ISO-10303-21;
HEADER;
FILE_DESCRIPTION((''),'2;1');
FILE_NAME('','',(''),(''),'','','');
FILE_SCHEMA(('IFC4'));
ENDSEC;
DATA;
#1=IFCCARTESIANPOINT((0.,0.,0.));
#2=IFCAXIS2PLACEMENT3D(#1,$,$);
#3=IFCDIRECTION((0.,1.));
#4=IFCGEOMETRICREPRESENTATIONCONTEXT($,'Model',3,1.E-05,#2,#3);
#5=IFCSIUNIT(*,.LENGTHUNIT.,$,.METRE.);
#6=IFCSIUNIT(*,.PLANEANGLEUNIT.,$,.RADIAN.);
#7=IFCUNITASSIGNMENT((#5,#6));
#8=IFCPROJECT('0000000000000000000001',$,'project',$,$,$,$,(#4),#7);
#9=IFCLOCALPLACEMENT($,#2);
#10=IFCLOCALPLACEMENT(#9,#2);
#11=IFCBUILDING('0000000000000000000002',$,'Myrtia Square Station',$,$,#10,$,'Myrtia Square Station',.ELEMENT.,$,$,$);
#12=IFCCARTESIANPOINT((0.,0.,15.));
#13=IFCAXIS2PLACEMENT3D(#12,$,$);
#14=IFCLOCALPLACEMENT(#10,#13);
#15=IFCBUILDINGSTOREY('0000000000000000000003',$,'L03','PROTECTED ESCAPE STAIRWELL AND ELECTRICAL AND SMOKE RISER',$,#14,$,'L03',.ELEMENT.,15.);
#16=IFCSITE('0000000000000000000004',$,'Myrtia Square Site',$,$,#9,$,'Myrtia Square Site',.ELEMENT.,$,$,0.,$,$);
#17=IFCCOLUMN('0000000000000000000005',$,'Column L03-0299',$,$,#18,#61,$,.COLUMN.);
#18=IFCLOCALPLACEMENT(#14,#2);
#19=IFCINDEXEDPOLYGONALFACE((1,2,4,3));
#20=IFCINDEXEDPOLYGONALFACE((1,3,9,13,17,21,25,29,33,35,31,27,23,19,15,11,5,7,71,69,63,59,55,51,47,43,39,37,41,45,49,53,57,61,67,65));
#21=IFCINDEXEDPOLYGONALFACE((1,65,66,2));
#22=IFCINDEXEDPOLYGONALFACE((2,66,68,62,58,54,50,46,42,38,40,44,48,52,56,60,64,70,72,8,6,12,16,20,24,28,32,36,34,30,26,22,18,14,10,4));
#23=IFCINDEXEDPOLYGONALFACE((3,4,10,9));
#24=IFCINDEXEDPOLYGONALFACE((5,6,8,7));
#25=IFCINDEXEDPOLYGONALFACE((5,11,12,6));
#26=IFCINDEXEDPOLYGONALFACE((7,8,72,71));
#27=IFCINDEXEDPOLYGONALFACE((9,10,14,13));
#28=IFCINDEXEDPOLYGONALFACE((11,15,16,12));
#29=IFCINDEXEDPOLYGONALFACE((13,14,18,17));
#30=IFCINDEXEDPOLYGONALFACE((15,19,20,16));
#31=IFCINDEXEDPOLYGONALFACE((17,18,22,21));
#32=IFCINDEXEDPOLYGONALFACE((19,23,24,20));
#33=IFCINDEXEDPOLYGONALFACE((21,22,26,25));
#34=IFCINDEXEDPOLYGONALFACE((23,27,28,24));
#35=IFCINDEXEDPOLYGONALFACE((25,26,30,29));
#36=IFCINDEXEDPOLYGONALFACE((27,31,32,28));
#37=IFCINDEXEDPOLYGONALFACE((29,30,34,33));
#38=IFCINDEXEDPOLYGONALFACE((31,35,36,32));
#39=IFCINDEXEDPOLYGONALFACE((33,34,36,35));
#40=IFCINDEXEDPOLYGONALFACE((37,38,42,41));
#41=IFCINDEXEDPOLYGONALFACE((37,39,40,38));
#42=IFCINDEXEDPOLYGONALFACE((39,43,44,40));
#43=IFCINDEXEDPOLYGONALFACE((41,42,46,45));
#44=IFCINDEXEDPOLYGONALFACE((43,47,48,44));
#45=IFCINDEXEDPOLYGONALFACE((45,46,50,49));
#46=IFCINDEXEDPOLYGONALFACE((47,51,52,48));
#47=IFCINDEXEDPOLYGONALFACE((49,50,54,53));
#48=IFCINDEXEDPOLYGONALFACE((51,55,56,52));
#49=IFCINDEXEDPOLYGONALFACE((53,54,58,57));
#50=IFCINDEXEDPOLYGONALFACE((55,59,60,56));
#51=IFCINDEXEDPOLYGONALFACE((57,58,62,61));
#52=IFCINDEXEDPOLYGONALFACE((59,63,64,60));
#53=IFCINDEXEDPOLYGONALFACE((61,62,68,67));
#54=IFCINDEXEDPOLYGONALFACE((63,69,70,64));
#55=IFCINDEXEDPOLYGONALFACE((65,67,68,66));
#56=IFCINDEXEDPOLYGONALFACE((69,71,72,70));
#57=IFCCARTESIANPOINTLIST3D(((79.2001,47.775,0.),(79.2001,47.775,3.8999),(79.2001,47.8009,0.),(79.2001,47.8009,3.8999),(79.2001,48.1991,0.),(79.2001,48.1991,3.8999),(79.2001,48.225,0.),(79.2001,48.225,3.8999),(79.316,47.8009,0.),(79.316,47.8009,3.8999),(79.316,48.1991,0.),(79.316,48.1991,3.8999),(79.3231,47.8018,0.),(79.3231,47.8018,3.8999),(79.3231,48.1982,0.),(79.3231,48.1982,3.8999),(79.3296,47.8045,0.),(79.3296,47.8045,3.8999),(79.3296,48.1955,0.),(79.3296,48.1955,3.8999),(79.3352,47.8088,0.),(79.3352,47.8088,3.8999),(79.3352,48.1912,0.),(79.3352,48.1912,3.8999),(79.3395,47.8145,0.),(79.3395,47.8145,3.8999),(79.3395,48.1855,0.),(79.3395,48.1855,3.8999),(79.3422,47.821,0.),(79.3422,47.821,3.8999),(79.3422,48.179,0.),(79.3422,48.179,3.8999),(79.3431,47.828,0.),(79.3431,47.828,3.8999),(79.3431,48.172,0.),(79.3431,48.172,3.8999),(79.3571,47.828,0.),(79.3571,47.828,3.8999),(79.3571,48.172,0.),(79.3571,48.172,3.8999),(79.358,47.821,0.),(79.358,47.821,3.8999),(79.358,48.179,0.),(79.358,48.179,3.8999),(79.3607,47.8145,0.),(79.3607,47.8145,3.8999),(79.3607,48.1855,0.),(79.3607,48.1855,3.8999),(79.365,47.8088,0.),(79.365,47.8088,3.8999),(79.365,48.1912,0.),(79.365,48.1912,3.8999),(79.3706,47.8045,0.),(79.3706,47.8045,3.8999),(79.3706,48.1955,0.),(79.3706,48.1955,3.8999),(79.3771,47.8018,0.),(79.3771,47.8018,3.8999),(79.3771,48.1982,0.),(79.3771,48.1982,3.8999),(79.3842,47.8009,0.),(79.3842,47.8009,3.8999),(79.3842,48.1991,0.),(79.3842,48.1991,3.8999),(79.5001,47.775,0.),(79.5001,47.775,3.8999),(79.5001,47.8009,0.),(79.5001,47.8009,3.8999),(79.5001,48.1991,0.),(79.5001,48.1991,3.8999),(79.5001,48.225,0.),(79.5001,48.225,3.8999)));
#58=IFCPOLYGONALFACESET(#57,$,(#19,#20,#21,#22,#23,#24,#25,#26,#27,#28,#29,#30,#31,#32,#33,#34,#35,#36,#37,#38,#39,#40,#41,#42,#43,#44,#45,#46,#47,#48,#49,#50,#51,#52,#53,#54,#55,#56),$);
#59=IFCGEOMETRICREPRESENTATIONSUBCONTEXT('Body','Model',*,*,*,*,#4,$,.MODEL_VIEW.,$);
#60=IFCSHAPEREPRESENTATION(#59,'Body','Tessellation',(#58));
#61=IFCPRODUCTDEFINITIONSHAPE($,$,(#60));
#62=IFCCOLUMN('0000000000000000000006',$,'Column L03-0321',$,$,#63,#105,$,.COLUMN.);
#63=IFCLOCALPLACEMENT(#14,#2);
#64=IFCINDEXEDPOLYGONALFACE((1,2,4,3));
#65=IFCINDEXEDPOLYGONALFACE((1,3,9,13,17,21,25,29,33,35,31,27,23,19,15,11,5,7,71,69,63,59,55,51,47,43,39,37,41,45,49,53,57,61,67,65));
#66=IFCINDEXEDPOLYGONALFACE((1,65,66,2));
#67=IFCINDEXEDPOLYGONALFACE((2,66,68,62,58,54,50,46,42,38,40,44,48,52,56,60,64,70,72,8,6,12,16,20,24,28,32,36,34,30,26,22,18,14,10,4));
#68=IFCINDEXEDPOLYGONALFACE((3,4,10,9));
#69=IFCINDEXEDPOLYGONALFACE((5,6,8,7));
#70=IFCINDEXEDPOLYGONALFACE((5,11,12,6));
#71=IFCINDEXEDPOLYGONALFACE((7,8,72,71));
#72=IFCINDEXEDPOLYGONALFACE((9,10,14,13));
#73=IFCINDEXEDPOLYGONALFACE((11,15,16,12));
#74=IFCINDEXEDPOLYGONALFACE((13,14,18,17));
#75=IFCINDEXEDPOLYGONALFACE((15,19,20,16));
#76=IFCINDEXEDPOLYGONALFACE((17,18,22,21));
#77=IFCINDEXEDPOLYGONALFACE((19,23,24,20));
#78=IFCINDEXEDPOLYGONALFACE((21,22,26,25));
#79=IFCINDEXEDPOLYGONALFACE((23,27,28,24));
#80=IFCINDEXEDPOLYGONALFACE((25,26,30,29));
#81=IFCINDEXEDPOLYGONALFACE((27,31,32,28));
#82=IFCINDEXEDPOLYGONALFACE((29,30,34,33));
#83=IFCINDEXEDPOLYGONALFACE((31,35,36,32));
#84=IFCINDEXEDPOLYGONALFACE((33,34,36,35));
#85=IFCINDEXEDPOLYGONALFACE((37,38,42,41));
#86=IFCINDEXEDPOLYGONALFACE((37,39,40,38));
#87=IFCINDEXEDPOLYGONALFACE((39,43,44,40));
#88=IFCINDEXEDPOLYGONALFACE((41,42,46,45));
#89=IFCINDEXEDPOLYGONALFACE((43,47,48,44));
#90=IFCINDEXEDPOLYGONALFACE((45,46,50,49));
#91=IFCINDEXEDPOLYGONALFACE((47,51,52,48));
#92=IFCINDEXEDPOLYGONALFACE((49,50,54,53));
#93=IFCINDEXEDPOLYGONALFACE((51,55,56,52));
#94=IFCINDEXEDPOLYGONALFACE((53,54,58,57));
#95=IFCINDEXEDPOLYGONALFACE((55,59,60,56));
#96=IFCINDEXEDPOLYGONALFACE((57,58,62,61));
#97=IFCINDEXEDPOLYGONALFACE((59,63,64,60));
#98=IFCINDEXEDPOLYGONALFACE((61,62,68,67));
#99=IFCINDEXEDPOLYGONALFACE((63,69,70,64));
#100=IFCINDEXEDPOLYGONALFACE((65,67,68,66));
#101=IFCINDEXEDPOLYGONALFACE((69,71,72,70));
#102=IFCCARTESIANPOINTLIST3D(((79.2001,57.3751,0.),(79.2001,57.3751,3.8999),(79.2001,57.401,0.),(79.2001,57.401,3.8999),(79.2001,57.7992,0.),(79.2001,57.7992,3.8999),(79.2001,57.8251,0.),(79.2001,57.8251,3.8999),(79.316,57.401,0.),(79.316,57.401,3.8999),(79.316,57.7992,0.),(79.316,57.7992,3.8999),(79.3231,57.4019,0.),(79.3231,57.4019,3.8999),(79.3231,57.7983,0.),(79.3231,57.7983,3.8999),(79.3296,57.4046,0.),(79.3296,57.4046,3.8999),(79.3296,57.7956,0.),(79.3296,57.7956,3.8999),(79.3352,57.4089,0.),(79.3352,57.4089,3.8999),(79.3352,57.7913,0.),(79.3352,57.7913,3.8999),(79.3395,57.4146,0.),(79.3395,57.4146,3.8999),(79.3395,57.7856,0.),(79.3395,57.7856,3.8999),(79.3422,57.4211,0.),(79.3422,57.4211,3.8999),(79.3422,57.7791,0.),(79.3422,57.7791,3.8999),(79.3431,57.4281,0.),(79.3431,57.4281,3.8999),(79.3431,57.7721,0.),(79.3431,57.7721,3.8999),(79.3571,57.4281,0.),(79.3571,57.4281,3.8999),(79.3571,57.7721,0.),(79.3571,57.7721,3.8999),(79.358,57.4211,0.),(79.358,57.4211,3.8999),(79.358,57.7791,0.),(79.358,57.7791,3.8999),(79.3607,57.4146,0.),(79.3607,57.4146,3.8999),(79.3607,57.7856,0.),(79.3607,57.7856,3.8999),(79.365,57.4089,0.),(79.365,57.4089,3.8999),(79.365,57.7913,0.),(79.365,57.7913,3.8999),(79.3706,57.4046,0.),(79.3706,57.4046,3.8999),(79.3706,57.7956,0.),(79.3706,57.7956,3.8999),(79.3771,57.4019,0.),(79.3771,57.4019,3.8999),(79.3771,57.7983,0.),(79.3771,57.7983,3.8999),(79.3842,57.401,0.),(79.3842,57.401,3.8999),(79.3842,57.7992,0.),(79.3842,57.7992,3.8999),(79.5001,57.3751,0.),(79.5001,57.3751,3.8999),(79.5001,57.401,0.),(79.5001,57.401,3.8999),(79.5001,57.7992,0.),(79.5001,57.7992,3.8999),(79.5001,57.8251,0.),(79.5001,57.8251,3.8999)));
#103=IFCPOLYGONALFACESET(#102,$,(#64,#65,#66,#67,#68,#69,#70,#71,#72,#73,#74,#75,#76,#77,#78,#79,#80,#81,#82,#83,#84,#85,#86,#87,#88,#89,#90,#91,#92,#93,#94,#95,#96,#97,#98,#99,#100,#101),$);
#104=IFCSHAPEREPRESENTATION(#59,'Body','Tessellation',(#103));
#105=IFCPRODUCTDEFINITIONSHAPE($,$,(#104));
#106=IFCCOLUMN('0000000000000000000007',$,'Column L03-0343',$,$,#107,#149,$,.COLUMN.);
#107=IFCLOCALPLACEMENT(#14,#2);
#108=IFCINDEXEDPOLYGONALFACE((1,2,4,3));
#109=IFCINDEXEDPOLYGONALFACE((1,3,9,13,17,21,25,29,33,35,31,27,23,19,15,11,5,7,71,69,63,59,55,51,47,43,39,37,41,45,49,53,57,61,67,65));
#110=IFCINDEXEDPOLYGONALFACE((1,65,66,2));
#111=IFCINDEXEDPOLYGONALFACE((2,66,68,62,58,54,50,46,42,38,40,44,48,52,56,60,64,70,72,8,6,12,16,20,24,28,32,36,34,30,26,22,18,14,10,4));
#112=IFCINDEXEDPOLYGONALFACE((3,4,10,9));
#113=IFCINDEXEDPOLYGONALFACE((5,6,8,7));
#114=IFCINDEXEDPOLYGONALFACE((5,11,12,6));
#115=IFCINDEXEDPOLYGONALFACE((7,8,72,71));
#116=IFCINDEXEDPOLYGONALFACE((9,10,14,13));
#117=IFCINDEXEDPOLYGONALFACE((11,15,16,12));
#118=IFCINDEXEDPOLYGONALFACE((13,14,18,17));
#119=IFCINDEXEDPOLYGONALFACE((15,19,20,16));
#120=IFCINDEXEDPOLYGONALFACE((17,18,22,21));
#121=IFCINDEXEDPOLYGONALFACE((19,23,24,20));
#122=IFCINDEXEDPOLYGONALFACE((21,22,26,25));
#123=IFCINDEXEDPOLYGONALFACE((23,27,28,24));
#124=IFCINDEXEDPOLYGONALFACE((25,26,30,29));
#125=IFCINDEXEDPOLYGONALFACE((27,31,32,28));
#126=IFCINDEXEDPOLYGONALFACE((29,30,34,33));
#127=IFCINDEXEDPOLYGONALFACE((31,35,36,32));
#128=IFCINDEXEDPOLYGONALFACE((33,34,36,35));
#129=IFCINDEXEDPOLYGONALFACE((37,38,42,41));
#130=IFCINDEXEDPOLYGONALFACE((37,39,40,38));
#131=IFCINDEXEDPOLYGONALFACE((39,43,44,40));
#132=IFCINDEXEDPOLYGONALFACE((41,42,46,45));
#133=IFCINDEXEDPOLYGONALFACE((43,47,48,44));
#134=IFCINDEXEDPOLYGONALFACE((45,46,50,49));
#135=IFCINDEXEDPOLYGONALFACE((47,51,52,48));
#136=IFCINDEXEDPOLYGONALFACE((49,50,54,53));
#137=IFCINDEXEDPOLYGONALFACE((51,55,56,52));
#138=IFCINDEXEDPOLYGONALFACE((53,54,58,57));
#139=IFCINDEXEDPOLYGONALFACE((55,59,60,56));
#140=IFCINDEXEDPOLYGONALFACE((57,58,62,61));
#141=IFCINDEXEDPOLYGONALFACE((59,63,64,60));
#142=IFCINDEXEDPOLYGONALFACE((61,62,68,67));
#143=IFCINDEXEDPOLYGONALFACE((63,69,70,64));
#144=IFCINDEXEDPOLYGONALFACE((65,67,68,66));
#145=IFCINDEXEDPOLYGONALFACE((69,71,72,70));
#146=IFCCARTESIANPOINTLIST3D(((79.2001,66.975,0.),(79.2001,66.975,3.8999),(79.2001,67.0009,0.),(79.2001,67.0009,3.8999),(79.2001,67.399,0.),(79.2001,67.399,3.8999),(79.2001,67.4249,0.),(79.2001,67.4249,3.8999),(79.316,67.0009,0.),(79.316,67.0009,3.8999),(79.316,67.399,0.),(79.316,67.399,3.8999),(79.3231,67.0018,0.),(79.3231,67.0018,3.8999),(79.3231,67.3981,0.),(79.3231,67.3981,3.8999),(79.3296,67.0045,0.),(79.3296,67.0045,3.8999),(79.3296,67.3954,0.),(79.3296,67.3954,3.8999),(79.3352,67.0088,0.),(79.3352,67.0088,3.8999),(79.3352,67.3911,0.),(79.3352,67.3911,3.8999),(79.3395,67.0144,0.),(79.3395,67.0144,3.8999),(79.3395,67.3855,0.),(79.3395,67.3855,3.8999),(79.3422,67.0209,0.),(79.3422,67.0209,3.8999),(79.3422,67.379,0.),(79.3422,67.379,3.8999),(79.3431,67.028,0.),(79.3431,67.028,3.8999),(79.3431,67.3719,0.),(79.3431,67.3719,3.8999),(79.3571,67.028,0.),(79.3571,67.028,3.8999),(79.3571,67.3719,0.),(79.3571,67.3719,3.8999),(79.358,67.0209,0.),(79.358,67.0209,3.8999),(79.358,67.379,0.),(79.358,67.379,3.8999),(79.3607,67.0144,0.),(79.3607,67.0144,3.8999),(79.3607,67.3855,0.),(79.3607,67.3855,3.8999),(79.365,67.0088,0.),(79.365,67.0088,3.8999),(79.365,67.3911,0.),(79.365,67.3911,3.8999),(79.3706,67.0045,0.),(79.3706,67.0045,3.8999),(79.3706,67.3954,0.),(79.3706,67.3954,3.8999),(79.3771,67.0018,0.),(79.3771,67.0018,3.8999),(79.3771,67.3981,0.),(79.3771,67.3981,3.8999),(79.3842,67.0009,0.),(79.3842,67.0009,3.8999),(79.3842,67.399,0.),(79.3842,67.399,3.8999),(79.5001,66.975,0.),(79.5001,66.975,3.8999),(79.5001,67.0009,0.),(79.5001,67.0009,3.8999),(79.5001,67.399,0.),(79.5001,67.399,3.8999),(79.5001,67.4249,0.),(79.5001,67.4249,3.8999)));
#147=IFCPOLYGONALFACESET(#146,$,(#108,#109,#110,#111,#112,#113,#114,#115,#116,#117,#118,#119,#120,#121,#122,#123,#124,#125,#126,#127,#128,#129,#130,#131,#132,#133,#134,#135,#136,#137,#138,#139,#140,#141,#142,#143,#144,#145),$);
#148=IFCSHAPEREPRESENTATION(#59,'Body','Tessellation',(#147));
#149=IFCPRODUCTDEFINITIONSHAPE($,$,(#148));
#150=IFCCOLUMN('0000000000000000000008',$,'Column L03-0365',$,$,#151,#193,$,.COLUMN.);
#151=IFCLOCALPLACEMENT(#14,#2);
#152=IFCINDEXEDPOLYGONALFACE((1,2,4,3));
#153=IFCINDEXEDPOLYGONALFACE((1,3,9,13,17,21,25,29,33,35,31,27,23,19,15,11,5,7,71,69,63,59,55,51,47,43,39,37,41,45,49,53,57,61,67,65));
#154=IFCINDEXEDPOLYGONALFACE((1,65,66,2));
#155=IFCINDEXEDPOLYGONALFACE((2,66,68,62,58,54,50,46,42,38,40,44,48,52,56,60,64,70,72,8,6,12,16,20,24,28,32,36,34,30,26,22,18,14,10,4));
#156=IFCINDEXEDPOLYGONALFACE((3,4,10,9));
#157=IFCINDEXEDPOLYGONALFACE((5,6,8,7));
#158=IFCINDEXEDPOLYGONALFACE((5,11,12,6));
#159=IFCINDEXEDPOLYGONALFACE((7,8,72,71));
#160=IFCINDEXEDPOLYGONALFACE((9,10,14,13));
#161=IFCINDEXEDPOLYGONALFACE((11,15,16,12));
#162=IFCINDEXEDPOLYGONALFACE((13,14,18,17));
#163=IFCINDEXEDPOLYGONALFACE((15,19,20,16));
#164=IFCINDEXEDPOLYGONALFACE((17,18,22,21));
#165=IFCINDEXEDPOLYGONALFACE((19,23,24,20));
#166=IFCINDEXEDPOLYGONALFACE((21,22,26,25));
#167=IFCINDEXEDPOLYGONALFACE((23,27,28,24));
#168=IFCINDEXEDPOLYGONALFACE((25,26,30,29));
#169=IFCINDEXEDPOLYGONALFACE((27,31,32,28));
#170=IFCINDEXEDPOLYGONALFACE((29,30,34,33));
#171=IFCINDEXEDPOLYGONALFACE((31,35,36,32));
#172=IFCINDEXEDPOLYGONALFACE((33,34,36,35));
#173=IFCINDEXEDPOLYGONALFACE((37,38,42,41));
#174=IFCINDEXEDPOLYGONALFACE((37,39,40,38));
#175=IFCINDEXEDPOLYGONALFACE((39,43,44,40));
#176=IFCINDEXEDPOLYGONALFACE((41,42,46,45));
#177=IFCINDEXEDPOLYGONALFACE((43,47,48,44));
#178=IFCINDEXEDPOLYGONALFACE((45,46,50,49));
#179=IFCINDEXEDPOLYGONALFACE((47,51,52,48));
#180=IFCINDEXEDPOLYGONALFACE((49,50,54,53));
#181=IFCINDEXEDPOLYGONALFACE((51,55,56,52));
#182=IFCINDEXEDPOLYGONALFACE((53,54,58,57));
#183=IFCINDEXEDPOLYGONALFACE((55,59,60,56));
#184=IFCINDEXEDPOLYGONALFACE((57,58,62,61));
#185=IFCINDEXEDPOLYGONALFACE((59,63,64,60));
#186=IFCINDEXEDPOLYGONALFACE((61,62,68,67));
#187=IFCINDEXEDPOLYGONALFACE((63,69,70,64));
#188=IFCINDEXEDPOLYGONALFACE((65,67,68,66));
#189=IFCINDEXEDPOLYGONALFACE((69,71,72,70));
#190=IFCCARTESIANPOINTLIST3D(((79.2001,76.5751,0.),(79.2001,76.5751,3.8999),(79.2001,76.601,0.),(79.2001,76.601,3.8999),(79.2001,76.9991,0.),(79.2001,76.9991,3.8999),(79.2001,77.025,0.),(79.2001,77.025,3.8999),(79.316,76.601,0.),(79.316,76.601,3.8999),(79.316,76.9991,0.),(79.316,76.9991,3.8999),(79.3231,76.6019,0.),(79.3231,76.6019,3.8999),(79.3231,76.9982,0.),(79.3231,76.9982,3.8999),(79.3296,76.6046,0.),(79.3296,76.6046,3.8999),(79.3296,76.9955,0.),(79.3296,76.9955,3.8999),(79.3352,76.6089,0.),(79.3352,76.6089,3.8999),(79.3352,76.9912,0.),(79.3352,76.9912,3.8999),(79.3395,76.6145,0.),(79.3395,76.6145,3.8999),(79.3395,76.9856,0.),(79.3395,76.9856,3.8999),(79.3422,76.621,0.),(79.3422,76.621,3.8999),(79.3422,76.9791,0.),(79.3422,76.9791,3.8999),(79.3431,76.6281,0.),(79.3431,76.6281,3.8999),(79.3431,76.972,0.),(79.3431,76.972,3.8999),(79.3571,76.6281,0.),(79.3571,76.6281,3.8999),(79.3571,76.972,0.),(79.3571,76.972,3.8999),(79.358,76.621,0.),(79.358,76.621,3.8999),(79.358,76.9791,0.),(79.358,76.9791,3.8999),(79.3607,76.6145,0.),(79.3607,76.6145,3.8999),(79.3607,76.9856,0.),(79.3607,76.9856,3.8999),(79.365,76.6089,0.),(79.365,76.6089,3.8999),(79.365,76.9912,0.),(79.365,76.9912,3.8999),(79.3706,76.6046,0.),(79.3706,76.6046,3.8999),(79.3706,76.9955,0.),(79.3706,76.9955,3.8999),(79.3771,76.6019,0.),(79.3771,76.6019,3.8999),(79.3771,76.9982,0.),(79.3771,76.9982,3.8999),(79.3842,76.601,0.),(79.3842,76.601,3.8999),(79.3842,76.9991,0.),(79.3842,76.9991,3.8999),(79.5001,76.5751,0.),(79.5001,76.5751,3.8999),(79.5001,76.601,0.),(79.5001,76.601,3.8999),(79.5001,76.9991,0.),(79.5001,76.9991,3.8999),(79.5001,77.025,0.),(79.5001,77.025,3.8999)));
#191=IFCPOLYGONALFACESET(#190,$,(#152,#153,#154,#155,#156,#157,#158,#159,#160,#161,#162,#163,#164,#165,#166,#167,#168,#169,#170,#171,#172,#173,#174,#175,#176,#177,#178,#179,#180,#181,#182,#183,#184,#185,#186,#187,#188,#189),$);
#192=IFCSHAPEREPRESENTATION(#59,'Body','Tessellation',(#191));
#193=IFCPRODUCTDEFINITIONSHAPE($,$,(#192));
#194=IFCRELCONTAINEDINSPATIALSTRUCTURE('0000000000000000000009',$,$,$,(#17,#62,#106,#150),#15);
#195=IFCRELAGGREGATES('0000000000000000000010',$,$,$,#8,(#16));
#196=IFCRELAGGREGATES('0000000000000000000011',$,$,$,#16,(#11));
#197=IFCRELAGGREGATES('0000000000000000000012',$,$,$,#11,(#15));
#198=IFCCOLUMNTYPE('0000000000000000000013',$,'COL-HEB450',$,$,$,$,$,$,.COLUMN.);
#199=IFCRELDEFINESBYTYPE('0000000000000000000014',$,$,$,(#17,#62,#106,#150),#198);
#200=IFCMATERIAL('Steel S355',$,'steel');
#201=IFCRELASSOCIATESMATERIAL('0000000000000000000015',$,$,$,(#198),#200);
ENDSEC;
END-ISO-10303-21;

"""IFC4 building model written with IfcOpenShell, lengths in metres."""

from ifc_helpers import new_model, si_unit, direction, frame, origin, origin_2d, place, context, subcontext, project, spatial, i_section, extrude, material, material_profile, profile_set, type_object, element, save


model = new_model("IFC4")

# Units and contexts
model_context = context("Model", 3, precision=1e-05, world=origin(), true_north=direction((0.0, 1.0)))
body_context = subcontext(model_context, "Body", "Model", "MODEL_VIEW")
ifc_project = project(units=[si_unit("LENGTHUNIT", "METRE"), si_unit("PLANEANGLEUNIT", "RADIAN")], contexts=[model_context])

# Site, building, storey
site_placement = place(None, origin())
site = spatial("IfcSite", under=ifc_project, at=site_placement, Name="Myrtia Square Site", LongName="Myrtia Square Site", CompositionType="ELEMENT", RefElevation=0.0)
building_placement = place(site_placement, origin())
building = spatial("IfcBuilding", under=site, at=building_placement, Name="Myrtia Square Station", LongName="Myrtia Square Station", CompositionType="ELEMENT")
storey_placement = place(building_placement, frame((0.0, 0.0, 15.0)))
storey = spatial("IfcBuildingStorey", under=building, at=storey_placement, Name="L03", Description="PROTECTED ESCAPE STAIRWELL AND ELECTRICAL AND SMOKE RISER", LongName="L03", CompositionType="ELEMENT", Elevation=15.0)

# Columns
ifc_material_1 = material(Name="Steel S355", Category="steel")
ifc_material_profile_1 = material_profile(ifc_material_1, i_section(OverallWidth=0.3, OverallDepth=0.45, WebThickness=0.0139, FlangeThickness=0.0259, FilletRadius=0.0271, at=origin_2d()), Name="HEB 450")
ifc_profile_set_1 = profile_set([ifc_material_profile_1], Name="Steel S355")
column_type_1 = type_object("IfcColumnType", Name="COL-HEB450", PredefinedType="COLUMN", material=ifc_profile_set_1)
for number, where, z_axis, x_axis, name in (
    (1, (79.3501, 48.0, 0.0), (0.0, 0.0, 1.0), (1.0, 0.0, 0.0), "Column L03-0299"),
    (2, (79.3501, 57.6001, 0.0), (0.0, 0.0, 1.0), (1.0, 0.0, 0.0), "Column L03-0321"),
    (3, (79.3501, 67.2, 0.0), (0.0, 0.0, 1.0), (1.0, 0.0, 0.0), "Column L03-0343"),
    (4, (79.3501, 76.8, 0.0), (0.0, 0.0, 1.0), (1.0, 0.0, 0.0), "Column L03-0365"),
):
    element("IfcColumn", number, at=place(storey_placement, frame(where, z_axis=z_axis, x_axis=x_axis)), inside=storey, type_object=column_type_1, Name=name, PredefinedType="COLUMN", context=body_context, shape_type="SweptSolid", body=[
        extrude(i_section(OverallWidth=0.3, OverallDepth=0.45, WebThickness=0.0139, FlangeThickness=0.0259, FilletRadius=0.0271, at=origin_2d()), origin(), (0.0, 0.0, 1.0), 3.8999),
    ])

save(model, "model.ifc")
